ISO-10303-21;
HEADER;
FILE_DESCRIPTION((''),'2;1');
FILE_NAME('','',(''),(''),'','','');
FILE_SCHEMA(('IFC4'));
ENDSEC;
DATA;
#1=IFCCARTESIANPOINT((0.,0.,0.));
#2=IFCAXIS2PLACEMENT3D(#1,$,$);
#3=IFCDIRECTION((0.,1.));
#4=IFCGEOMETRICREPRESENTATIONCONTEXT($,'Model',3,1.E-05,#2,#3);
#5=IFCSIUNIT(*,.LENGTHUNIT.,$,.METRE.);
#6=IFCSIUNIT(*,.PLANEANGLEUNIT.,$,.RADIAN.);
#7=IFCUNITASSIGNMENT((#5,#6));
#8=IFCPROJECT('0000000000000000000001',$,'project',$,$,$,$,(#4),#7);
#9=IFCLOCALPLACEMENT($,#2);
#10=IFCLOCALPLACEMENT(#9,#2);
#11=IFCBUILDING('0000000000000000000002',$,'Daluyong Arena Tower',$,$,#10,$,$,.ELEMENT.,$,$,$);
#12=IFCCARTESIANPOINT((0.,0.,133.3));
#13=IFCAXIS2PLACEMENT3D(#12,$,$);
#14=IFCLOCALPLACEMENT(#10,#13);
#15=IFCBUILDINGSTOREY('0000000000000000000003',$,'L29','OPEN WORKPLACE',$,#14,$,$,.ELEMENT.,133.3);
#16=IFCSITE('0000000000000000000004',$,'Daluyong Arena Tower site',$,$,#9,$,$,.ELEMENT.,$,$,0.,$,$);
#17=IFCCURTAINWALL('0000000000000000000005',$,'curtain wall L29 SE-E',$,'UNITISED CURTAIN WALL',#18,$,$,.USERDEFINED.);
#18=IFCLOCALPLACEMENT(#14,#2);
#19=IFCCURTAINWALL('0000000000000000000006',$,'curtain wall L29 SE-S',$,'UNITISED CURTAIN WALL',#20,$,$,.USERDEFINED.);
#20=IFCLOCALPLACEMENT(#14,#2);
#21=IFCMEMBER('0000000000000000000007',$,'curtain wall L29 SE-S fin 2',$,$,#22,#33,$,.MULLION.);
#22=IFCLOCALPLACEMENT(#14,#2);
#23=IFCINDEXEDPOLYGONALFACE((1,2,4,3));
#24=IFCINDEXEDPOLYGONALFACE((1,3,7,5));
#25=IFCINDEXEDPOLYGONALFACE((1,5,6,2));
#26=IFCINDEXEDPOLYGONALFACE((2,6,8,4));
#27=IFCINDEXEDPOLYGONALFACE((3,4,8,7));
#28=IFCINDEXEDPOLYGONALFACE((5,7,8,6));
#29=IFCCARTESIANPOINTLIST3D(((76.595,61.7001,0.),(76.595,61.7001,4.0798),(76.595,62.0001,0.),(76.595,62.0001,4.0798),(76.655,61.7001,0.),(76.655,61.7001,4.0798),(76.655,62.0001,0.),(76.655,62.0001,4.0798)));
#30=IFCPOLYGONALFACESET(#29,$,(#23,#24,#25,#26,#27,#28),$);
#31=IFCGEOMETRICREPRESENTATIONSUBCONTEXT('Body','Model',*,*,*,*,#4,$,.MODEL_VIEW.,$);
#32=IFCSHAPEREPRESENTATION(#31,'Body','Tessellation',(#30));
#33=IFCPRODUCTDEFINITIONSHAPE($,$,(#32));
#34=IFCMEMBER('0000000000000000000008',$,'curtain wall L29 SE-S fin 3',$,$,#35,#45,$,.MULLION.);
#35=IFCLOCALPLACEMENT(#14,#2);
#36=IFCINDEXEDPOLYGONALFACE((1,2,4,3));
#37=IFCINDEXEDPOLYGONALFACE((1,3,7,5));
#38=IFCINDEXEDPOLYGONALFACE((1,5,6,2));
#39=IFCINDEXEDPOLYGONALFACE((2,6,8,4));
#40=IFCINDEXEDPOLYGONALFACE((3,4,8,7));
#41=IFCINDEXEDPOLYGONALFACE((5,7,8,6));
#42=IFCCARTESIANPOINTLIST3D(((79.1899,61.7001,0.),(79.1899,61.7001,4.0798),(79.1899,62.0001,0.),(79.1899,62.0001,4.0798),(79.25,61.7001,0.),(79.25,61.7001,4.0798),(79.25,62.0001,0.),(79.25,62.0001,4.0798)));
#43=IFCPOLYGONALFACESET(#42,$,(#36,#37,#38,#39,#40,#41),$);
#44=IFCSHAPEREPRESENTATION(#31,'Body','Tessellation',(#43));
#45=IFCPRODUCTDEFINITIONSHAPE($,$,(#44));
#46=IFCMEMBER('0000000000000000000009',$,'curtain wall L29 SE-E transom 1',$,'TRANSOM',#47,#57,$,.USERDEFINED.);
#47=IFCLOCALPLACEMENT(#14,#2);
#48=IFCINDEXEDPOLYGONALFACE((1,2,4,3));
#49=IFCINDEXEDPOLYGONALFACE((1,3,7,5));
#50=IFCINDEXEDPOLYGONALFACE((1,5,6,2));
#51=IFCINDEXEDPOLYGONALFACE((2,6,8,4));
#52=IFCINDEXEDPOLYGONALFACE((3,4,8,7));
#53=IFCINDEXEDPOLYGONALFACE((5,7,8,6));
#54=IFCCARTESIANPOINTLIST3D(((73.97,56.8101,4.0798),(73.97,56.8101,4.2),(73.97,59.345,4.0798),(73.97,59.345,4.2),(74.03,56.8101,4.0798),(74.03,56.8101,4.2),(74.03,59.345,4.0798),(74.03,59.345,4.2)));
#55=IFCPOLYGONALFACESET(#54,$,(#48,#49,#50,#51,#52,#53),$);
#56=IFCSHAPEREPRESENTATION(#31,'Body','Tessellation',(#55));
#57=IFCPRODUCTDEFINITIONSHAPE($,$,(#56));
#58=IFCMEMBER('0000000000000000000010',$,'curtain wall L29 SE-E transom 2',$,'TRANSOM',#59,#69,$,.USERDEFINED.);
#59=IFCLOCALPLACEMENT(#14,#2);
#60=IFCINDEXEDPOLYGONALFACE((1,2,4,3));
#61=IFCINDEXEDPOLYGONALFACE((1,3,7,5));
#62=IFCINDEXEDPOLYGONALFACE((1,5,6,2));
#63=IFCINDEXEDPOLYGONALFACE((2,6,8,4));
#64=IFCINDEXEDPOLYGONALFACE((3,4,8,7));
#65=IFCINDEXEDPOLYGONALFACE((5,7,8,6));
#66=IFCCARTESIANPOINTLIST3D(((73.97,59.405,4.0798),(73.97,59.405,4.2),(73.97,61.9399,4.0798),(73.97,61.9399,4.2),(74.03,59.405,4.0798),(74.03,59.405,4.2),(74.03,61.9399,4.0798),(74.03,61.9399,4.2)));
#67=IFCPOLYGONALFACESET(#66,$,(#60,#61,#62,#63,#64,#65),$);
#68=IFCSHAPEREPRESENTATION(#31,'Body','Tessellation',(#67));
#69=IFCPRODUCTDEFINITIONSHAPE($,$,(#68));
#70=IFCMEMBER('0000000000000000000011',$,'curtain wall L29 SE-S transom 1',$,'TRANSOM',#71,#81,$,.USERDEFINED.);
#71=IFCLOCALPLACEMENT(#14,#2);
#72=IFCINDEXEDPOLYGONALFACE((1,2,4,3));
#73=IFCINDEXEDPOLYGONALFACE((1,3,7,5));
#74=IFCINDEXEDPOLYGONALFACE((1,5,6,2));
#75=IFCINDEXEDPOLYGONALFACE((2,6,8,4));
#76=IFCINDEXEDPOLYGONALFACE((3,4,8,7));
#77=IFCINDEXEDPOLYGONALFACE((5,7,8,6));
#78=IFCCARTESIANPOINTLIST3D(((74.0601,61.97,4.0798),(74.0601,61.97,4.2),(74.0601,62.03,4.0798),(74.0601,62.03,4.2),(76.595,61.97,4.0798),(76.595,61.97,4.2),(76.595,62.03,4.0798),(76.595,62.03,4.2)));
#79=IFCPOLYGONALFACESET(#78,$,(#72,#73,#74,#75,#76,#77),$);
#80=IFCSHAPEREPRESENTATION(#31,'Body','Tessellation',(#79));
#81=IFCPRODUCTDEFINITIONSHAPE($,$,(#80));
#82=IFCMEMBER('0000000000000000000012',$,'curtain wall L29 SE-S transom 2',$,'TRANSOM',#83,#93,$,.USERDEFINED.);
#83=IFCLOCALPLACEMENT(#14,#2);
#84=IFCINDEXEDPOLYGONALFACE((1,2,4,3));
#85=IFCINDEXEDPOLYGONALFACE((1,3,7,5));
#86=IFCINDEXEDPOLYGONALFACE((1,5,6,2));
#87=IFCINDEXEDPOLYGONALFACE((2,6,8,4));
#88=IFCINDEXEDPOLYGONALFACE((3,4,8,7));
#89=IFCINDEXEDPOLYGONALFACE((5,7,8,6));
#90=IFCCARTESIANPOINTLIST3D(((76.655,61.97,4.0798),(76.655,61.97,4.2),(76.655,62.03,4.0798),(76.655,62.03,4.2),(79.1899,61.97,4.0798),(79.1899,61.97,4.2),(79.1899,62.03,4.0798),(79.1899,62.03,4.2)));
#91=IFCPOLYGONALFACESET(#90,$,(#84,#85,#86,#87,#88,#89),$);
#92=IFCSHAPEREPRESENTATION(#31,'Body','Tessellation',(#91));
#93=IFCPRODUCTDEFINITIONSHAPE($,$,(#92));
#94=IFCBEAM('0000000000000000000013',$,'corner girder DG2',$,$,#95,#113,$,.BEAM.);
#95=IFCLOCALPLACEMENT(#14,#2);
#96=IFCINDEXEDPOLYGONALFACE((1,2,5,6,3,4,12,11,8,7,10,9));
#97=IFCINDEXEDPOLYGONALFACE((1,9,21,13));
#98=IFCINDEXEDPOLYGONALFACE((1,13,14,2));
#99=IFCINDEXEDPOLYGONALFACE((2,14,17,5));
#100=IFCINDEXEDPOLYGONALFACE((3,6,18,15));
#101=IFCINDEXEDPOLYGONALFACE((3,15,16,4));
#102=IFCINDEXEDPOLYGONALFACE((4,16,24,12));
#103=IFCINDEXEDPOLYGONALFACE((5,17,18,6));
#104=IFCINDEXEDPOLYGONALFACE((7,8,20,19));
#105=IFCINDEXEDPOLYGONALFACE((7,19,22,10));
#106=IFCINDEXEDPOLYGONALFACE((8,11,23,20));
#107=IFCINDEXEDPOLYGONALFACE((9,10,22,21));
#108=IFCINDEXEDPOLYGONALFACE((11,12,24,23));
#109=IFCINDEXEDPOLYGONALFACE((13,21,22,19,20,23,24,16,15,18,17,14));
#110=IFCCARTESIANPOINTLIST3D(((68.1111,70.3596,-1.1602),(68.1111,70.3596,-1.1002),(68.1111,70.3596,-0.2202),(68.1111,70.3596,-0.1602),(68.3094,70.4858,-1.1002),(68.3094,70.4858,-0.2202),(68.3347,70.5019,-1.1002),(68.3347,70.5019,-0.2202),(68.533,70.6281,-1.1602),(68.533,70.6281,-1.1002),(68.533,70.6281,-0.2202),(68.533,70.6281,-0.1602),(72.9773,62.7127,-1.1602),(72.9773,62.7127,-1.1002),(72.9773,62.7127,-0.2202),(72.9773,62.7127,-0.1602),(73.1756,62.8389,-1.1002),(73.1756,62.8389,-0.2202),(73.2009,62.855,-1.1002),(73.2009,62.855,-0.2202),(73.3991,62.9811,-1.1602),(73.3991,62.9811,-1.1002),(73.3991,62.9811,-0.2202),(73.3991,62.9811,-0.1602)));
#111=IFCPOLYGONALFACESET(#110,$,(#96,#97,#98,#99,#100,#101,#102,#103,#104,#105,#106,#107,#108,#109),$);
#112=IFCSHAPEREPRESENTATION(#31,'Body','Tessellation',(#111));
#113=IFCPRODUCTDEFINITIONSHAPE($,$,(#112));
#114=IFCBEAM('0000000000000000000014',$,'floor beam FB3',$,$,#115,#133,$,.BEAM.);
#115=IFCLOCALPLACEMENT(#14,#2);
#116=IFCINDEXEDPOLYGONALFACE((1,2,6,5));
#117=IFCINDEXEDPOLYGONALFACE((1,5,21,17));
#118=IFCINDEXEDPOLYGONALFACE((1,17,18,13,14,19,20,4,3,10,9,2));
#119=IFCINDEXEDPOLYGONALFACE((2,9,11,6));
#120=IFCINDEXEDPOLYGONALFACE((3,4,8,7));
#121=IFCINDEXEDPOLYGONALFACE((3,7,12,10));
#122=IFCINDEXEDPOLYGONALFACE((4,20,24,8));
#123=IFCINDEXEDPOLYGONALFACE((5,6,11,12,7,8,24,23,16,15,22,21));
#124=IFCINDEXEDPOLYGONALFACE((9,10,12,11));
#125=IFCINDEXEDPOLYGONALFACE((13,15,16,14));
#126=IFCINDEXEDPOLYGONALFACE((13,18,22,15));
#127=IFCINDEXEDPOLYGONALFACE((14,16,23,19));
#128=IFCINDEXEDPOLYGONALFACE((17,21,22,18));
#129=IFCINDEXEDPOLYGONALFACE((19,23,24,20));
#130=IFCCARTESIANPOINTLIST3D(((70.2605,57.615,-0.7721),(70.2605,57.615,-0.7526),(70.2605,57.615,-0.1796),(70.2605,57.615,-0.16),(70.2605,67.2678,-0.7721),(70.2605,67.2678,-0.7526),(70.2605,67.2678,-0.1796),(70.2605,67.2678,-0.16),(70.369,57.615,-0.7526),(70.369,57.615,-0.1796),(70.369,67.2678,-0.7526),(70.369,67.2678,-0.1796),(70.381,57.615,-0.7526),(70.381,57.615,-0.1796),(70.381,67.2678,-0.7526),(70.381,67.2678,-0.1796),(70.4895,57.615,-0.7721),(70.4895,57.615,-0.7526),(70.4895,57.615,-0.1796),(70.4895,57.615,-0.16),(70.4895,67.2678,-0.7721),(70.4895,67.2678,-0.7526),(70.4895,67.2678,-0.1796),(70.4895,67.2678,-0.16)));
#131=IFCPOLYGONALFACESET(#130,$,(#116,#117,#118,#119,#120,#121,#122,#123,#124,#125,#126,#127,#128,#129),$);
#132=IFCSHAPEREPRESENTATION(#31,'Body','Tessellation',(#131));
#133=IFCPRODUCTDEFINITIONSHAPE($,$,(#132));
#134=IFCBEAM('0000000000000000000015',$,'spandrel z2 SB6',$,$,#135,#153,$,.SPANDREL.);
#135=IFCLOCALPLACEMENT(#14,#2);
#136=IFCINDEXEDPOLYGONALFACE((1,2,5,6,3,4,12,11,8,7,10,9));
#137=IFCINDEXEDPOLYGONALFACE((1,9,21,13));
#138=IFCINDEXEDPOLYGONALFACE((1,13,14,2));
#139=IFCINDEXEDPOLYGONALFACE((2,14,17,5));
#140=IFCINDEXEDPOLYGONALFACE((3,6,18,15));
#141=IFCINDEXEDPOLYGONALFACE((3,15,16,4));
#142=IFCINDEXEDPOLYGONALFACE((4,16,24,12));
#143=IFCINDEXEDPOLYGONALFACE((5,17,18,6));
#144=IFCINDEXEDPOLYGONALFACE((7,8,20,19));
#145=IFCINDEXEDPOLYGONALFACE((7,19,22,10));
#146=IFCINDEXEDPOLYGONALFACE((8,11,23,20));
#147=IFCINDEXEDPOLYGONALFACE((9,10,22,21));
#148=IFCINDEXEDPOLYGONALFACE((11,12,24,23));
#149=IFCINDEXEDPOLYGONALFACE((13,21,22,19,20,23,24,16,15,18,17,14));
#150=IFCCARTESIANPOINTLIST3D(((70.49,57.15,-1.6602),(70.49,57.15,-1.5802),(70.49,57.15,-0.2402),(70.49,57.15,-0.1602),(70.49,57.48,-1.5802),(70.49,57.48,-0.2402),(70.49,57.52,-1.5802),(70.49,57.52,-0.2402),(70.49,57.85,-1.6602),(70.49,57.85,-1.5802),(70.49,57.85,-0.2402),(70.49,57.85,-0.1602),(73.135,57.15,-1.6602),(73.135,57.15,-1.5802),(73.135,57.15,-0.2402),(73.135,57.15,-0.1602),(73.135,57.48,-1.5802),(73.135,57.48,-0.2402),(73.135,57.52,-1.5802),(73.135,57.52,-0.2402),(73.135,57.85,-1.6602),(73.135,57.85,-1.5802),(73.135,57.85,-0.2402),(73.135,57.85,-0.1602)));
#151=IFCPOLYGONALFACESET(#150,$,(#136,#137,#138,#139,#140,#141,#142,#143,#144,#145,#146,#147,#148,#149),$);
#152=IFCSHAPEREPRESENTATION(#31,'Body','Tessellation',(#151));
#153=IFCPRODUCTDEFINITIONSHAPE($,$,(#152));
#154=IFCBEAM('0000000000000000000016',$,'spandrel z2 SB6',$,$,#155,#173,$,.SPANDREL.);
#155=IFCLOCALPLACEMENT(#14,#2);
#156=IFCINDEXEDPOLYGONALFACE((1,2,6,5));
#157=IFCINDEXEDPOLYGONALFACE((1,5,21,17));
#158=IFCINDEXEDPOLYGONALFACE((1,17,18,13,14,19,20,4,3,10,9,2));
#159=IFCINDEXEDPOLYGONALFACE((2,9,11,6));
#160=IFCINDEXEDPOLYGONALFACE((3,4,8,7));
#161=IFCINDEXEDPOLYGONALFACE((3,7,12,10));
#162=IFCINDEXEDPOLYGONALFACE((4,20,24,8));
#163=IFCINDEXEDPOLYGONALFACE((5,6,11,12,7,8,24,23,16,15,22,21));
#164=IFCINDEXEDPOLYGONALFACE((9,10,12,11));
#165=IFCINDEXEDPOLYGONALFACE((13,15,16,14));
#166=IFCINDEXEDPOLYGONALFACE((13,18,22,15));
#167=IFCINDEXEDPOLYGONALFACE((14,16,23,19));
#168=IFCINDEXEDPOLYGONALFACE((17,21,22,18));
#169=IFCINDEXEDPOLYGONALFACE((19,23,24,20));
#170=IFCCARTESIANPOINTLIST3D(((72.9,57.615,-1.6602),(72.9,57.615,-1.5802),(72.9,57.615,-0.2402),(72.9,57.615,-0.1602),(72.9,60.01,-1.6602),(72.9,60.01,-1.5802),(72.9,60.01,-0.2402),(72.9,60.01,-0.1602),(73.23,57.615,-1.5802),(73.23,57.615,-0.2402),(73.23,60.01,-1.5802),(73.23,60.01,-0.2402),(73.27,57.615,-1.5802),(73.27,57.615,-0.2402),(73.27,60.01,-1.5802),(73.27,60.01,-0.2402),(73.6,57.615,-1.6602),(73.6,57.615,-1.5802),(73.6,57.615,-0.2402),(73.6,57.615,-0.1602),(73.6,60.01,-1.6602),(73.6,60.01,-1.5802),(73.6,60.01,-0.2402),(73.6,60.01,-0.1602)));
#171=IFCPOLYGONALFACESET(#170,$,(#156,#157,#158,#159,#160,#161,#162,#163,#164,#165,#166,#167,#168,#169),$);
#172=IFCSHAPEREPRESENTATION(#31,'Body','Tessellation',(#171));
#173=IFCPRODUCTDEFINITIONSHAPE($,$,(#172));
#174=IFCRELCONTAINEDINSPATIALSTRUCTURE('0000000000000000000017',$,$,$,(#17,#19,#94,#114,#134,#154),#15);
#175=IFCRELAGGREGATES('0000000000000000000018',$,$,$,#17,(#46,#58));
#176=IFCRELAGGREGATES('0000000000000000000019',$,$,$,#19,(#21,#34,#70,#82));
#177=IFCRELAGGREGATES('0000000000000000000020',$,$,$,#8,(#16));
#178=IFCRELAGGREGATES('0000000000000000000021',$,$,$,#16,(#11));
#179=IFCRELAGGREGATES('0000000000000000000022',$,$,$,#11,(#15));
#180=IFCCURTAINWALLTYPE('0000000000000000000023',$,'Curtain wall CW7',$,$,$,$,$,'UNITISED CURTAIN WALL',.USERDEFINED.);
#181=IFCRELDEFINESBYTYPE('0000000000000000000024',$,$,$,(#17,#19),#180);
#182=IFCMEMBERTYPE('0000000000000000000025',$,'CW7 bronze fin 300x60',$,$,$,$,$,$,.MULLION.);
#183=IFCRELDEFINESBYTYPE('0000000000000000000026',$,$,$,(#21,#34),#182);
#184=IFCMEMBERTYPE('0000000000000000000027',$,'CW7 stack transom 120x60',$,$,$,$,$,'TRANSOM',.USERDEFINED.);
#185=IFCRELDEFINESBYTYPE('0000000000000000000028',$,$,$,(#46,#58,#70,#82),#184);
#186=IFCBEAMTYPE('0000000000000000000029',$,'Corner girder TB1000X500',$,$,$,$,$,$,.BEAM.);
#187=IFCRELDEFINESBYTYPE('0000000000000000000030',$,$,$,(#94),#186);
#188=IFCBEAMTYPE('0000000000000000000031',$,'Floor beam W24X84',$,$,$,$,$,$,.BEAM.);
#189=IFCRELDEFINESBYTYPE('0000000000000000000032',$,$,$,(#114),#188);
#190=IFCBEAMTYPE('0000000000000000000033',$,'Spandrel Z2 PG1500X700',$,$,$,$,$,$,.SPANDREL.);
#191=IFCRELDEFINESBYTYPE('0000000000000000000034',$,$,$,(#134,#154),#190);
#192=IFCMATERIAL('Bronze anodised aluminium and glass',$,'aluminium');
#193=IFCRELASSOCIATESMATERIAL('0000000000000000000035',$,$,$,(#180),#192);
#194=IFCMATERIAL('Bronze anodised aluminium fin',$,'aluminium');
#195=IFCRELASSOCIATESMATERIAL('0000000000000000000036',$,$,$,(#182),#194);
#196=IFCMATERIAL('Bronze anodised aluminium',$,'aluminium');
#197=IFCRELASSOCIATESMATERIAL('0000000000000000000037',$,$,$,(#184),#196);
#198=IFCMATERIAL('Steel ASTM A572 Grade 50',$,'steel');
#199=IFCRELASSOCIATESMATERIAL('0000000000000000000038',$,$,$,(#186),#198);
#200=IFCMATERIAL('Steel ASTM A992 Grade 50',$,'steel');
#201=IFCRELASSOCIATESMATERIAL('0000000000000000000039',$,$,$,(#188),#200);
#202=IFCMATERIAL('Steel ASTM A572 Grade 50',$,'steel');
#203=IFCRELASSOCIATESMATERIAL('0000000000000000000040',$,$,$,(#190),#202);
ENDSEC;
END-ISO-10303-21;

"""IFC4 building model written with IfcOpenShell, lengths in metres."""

from ifc_helpers import new_model, si_unit, direction, frame, origin, origin_2d, place, context, subcontext, project, spatial, rectangle, i_section, extrude, material, material_profile, profile_set, type_object, element, aggregate, save


model = new_model("IFC4")

# Units and contexts
model_context = context("Model", 3, precision=1e-05, world=origin(), true_north=direction((0.0, 1.0)))
body_context = subcontext(model_context, "Body", "Model", "MODEL_VIEW")
ifc_project = project(units=[si_unit("LENGTHUNIT", "METRE"), si_unit("PLANEANGLEUNIT", "RADIAN")], contexts=[model_context])

# Site, building, storey
site_placement = place(None, origin())
site = spatial("IfcSite", under=ifc_project, at=site_placement, Name="Daluyong Arena Tower site", CompositionType="ELEMENT", RefElevation=0.0)
building_placement = place(site_placement, origin())
building = spatial("IfcBuilding", under=site, at=building_placement, Name="Daluyong Arena Tower", CompositionType="ELEMENT")
storey_placement = place(building_placement, frame((0.0, 0.0, 133.3)))
storey = spatial("IfcBuildingStorey", under=building, at=storey_placement, Name="L29", Description="OPEN WORKPLACE", CompositionType="ELEMENT", Elevation=133.3)

# Curtain walls, members
ifc_material_1 = material(Name="Bronze anodised aluminium and glass", Category="aluminium")
curtain_wall_type_1 = type_object("IfcCurtainWallType", Name="Curtain wall CW7", ElementType="UNITISED CURTAIN WALL", PredefinedType="USERDEFINED", material=ifc_material_1)
curtain_wall_1_placement = place(storey_placement, origin())
curtain_wall_1 = element("IfcCurtainWall", 1, at=curtain_wall_1_placement, inside=storey, type_object=curtain_wall_type_1, Name="curtain wall L29 SE-E", ObjectType="UNITISED CURTAIN WALL", PredefinedType="USERDEFINED")
ifc_material_2 = material(Name="Bronze anodised aluminium fin", Category="aluminium")
ifc_material_profile_1 = material_profile(ifc_material_2, rectangle(XDim=0.3, YDim=0.0601, at=origin_2d()))
ifc_profile_set_1 = profile_set([ifc_material_profile_1], Name="Bronze anodised aluminium fin")
member_type_1 = type_object("IfcMemberType", Name="CW7 bronze fin 300x60", PredefinedType="MULLION", material=ifc_profile_set_1)
curtain_wall_2_placement = place(storey_placement, origin())
curtain_wall_2 = element("IfcCurtainWall", 2, at=curtain_wall_2_placement, inside=storey, type_object=curtain_wall_type_1, Name="curtain wall L29 SE-S", ObjectType="UNITISED CURTAIN WALL", PredefinedType="USERDEFINED")
member_1_placement = place(storey_placement, frame((76.625, 61.8501, 0.0), z_axis=(0.0, 0.0, 1.0), x_axis=(0.0, 1.0, 0.0)))
member_1 = element("IfcMember", 3, at=member_1_placement, type_object=member_type_1, Name="curtain wall L29 SE-S fin 2", PredefinedType="MULLION", context=body_context, shape_type="SweptSolid", body=[
    extrude(rectangle(XDim=0.3, YDim=0.0601, at=origin_2d()), origin(), (0.0, 0.0, 1.0), 4.0798),
])
member_2_placement = place(storey_placement, frame((79.22, 61.8501, 0.0), z_axis=(0.0, 0.0, 1.0), x_axis=(0.0, 1.0, 0.0)))
member_2 = element("IfcMember", 4, at=member_2_placement, type_object=member_type_1, Name="curtain wall L29 SE-S fin 3", PredefinedType="MULLION", context=body_context, shape_type="SweptSolid", body=[
    extrude(rectangle(XDim=0.3, YDim=0.0601, at=origin_2d()), origin(), (0.0, 0.0, 1.0), 4.0798),
])

# Members
ifc_material_3 = material(Name="Bronze anodised aluminium", Category="aluminium")
ifc_material_profile_2 = material_profile(ifc_material_3, rectangle(XDim=0.0601, YDim=0.1201, at=origin_2d()))
ifc_profile_set_2 = profile_set([ifc_material_profile_2], Name="Bronze anodised aluminium")
member_type_2 = type_object("IfcMemberType", Name="CW7 stack transom 120x60", ElementType="TRANSOM", PredefinedType="USERDEFINED", material=ifc_profile_set_2)
member_3_placement = place(storey_placement, frame((74.0, 56.8101, 4.1399), z_axis=(0.0, 1.0, 0.0), x_axis=(-1.0, 0.0, 0.0)))
member_3 = element("IfcMember", 5, at=member_3_placement, type_object=member_type_2, Name="curtain wall L29 SE-E transom 1", ObjectType="TRANSOM", PredefinedType="USERDEFINED", context=body_context, shape_type="SweptSolid", body=[
    extrude(rectangle(XDim=0.0601, YDim=0.1201, at=origin_2d()), origin(), (0.0, 0.0, 1.0), 2.5349),
])
member_4_placement = place(storey_placement, frame((74.0, 59.405, 4.1399), z_axis=(0.0, 1.0, 0.0), x_axis=(-1.0, 0.0, 0.0)))
member_4 = element("IfcMember", 6, at=member_4_placement, type_object=member_type_2, Name="curtain wall L29 SE-E transom 2", ObjectType="TRANSOM", PredefinedType="USERDEFINED", context=body_context, shape_type="SweptSolid", body=[
    extrude(rectangle(XDim=0.0601, YDim=0.1201, at=origin_2d()), origin(), (0.0, 0.0, 1.0), 2.5349),
])
member_5_placement = place(storey_placement, frame((74.0601, 62.0, 4.1399), z_axis=(1.0, 0.0, 0.0), x_axis=(0.0, 1.0, 0.0)))
member_5 = element("IfcMember", 7, at=member_5_placement, type_object=member_type_2, Name="curtain wall L29 SE-S transom 1", ObjectType="TRANSOM", PredefinedType="USERDEFINED", context=body_context, shape_type="SweptSolid", body=[
    extrude(rectangle(XDim=0.0601, YDim=0.1201, at=origin_2d()), origin(), (0.0, 0.0, 1.0), 2.5349),
])
member_6_placement = place(storey_placement, frame((76.655, 62.0, 4.1399), z_axis=(1.0, 0.0, 0.0), x_axis=(0.0, 1.0, 0.0)))
member_6 = element("IfcMember", 8, at=member_6_placement, type_object=member_type_2, Name="curtain wall L29 SE-S transom 2", ObjectType="TRANSOM", PredefinedType="USERDEFINED", context=body_context, shape_type="SweptSolid", body=[
    extrude(rectangle(XDim=0.0601, YDim=0.1201, at=origin_2d()), origin(), (0.0, 0.0, 1.0), 2.5349),
])

# Beams
ifc_material_4 = material(Name="Steel ASTM A572 Grade 50", Category="steel")
ifc_material_profile_3 = material_profile(ifc_material_4, i_section(OverallWidth=0.5, OverallDepth=1.0, WebThickness=0.03, FlangeThickness=0.06, at=origin_2d()))
ifc_profile_set_3 = profile_set([ifc_material_profile_3], Name="Steel ASTM A572 Grade 50")
beam_type_1 = type_object("IfcBeamType", Name="Corner girder TB1000X500", PredefinedType="BEAM", material=ifc_profile_set_3)
beam_1_placement = place(storey_placement, frame((73.1882, 62.8469, -0.6602), z_axis=(-0.536872, 0.843664, 0.0), x_axis=(-0.843664, -0.536872, 0.0)))
element("IfcBeam", 9, at=beam_1_placement, inside=storey, type_object=beam_type_1, Name="corner girder DG2", PredefinedType="BEAM", context=body_context, shape_type="SweptSolid", body=[
    extrude(i_section(OverallWidth=0.5, OverallDepth=1.0, WebThickness=0.03, FlangeThickness=0.06, at=origin_2d()), origin(), (0.0, 0.0, 1.0), 9.064),
])
ifc_material_5 = material(Name="Steel ASTM A992 Grade 50", Category="steel")
ifc_material_profile_4 = material_profile(ifc_material_5, i_section(OverallWidth=0.229, OverallDepth=0.6121, WebThickness=0.012, FlangeThickness=0.0195, at=origin_2d()))
ifc_profile_set_4 = profile_set([ifc_material_profile_4], Name="Steel ASTM A992 Grade 50")
beam_type_2 = type_object("IfcBeamType", Name="Floor beam W24X84", PredefinedType="BEAM", material=ifc_profile_set_4)
beam_2_placement = place(storey_placement, frame((70.375, 57.615, -0.4661), z_axis=(0.0, 1.0, 0.0), x_axis=(-1.0, 0.0, 0.0)))
element("IfcBeam", 10, at=beam_2_placement, inside=storey, type_object=beam_type_2, Name="floor beam FB3", PredefinedType="BEAM", context=body_context, shape_type="SweptSolid", body=[
    extrude(i_section(OverallWidth=0.229, OverallDepth=0.6121, WebThickness=0.012, FlangeThickness=0.0195, at=origin_2d()), origin(), (0.0, 0.0, 1.0), 9.6528),
])
ifc_material_6 = material(Name="Steel ASTM A572 Grade 50", Category="steel")
ifc_material_profile_5 = material_profile(ifc_material_6, i_section(OverallWidth=0.7, OverallDepth=1.5, WebThickness=0.04, FlangeThickness=0.08, at=origin_2d()))
ifc_profile_set_5 = profile_set([ifc_material_profile_5], Name="Steel ASTM A572 Grade 50")
beam_type_3 = type_object("IfcBeamType", Name="Spandrel Z2 PG1500X700", PredefinedType="SPANDREL", material=ifc_profile_set_5)
beam_3_placement = place(storey_placement, frame((70.49, 57.5, -0.9102), z_axis=(1.0, 0.0, 0.0), x_axis=(0.0, 1.0, 0.0)))
element("IfcBeam", 11, at=beam_3_placement, inside=storey, type_object=beam_type_3, Name="spandrel z2 SB6", PredefinedType="SPANDREL", context=body_context, shape_type="SweptSolid", body=[
    extrude(i_section(OverallWidth=0.7, OverallDepth=1.5, WebThickness=0.04, FlangeThickness=0.08, at=origin_2d()), origin(), (0.0, 0.0, 1.0), 2.645),
])
for number, where, z_axis, x_axis, name in (
    (12, (73.25, 57.615, -0.9102), (0.0, 1.0, 0.0), (-1.0, 0.0, 0.0), "spandrel z2 SB6"),
):
    element("IfcBeam", number, at=place(storey_placement, frame(where, z_axis=z_axis, x_axis=x_axis)), inside=storey, type_object=beam_type_3, Name=name, PredefinedType="SPANDREL", context=body_context, shape_type="SweptSolid", body=[
        extrude(i_section(OverallWidth=0.7, OverallDepth=1.5, WebThickness=0.04, FlangeThickness=0.08, at=origin_2d()), origin(), (0.0, 0.0, 1.0), 2.395),
    ])

aggregate(curtain_wall_1, [member_3, member_4])
aggregate(curtain_wall_2, [member_1, member_2, member_5, member_6])

save(model, "model.ifc")
